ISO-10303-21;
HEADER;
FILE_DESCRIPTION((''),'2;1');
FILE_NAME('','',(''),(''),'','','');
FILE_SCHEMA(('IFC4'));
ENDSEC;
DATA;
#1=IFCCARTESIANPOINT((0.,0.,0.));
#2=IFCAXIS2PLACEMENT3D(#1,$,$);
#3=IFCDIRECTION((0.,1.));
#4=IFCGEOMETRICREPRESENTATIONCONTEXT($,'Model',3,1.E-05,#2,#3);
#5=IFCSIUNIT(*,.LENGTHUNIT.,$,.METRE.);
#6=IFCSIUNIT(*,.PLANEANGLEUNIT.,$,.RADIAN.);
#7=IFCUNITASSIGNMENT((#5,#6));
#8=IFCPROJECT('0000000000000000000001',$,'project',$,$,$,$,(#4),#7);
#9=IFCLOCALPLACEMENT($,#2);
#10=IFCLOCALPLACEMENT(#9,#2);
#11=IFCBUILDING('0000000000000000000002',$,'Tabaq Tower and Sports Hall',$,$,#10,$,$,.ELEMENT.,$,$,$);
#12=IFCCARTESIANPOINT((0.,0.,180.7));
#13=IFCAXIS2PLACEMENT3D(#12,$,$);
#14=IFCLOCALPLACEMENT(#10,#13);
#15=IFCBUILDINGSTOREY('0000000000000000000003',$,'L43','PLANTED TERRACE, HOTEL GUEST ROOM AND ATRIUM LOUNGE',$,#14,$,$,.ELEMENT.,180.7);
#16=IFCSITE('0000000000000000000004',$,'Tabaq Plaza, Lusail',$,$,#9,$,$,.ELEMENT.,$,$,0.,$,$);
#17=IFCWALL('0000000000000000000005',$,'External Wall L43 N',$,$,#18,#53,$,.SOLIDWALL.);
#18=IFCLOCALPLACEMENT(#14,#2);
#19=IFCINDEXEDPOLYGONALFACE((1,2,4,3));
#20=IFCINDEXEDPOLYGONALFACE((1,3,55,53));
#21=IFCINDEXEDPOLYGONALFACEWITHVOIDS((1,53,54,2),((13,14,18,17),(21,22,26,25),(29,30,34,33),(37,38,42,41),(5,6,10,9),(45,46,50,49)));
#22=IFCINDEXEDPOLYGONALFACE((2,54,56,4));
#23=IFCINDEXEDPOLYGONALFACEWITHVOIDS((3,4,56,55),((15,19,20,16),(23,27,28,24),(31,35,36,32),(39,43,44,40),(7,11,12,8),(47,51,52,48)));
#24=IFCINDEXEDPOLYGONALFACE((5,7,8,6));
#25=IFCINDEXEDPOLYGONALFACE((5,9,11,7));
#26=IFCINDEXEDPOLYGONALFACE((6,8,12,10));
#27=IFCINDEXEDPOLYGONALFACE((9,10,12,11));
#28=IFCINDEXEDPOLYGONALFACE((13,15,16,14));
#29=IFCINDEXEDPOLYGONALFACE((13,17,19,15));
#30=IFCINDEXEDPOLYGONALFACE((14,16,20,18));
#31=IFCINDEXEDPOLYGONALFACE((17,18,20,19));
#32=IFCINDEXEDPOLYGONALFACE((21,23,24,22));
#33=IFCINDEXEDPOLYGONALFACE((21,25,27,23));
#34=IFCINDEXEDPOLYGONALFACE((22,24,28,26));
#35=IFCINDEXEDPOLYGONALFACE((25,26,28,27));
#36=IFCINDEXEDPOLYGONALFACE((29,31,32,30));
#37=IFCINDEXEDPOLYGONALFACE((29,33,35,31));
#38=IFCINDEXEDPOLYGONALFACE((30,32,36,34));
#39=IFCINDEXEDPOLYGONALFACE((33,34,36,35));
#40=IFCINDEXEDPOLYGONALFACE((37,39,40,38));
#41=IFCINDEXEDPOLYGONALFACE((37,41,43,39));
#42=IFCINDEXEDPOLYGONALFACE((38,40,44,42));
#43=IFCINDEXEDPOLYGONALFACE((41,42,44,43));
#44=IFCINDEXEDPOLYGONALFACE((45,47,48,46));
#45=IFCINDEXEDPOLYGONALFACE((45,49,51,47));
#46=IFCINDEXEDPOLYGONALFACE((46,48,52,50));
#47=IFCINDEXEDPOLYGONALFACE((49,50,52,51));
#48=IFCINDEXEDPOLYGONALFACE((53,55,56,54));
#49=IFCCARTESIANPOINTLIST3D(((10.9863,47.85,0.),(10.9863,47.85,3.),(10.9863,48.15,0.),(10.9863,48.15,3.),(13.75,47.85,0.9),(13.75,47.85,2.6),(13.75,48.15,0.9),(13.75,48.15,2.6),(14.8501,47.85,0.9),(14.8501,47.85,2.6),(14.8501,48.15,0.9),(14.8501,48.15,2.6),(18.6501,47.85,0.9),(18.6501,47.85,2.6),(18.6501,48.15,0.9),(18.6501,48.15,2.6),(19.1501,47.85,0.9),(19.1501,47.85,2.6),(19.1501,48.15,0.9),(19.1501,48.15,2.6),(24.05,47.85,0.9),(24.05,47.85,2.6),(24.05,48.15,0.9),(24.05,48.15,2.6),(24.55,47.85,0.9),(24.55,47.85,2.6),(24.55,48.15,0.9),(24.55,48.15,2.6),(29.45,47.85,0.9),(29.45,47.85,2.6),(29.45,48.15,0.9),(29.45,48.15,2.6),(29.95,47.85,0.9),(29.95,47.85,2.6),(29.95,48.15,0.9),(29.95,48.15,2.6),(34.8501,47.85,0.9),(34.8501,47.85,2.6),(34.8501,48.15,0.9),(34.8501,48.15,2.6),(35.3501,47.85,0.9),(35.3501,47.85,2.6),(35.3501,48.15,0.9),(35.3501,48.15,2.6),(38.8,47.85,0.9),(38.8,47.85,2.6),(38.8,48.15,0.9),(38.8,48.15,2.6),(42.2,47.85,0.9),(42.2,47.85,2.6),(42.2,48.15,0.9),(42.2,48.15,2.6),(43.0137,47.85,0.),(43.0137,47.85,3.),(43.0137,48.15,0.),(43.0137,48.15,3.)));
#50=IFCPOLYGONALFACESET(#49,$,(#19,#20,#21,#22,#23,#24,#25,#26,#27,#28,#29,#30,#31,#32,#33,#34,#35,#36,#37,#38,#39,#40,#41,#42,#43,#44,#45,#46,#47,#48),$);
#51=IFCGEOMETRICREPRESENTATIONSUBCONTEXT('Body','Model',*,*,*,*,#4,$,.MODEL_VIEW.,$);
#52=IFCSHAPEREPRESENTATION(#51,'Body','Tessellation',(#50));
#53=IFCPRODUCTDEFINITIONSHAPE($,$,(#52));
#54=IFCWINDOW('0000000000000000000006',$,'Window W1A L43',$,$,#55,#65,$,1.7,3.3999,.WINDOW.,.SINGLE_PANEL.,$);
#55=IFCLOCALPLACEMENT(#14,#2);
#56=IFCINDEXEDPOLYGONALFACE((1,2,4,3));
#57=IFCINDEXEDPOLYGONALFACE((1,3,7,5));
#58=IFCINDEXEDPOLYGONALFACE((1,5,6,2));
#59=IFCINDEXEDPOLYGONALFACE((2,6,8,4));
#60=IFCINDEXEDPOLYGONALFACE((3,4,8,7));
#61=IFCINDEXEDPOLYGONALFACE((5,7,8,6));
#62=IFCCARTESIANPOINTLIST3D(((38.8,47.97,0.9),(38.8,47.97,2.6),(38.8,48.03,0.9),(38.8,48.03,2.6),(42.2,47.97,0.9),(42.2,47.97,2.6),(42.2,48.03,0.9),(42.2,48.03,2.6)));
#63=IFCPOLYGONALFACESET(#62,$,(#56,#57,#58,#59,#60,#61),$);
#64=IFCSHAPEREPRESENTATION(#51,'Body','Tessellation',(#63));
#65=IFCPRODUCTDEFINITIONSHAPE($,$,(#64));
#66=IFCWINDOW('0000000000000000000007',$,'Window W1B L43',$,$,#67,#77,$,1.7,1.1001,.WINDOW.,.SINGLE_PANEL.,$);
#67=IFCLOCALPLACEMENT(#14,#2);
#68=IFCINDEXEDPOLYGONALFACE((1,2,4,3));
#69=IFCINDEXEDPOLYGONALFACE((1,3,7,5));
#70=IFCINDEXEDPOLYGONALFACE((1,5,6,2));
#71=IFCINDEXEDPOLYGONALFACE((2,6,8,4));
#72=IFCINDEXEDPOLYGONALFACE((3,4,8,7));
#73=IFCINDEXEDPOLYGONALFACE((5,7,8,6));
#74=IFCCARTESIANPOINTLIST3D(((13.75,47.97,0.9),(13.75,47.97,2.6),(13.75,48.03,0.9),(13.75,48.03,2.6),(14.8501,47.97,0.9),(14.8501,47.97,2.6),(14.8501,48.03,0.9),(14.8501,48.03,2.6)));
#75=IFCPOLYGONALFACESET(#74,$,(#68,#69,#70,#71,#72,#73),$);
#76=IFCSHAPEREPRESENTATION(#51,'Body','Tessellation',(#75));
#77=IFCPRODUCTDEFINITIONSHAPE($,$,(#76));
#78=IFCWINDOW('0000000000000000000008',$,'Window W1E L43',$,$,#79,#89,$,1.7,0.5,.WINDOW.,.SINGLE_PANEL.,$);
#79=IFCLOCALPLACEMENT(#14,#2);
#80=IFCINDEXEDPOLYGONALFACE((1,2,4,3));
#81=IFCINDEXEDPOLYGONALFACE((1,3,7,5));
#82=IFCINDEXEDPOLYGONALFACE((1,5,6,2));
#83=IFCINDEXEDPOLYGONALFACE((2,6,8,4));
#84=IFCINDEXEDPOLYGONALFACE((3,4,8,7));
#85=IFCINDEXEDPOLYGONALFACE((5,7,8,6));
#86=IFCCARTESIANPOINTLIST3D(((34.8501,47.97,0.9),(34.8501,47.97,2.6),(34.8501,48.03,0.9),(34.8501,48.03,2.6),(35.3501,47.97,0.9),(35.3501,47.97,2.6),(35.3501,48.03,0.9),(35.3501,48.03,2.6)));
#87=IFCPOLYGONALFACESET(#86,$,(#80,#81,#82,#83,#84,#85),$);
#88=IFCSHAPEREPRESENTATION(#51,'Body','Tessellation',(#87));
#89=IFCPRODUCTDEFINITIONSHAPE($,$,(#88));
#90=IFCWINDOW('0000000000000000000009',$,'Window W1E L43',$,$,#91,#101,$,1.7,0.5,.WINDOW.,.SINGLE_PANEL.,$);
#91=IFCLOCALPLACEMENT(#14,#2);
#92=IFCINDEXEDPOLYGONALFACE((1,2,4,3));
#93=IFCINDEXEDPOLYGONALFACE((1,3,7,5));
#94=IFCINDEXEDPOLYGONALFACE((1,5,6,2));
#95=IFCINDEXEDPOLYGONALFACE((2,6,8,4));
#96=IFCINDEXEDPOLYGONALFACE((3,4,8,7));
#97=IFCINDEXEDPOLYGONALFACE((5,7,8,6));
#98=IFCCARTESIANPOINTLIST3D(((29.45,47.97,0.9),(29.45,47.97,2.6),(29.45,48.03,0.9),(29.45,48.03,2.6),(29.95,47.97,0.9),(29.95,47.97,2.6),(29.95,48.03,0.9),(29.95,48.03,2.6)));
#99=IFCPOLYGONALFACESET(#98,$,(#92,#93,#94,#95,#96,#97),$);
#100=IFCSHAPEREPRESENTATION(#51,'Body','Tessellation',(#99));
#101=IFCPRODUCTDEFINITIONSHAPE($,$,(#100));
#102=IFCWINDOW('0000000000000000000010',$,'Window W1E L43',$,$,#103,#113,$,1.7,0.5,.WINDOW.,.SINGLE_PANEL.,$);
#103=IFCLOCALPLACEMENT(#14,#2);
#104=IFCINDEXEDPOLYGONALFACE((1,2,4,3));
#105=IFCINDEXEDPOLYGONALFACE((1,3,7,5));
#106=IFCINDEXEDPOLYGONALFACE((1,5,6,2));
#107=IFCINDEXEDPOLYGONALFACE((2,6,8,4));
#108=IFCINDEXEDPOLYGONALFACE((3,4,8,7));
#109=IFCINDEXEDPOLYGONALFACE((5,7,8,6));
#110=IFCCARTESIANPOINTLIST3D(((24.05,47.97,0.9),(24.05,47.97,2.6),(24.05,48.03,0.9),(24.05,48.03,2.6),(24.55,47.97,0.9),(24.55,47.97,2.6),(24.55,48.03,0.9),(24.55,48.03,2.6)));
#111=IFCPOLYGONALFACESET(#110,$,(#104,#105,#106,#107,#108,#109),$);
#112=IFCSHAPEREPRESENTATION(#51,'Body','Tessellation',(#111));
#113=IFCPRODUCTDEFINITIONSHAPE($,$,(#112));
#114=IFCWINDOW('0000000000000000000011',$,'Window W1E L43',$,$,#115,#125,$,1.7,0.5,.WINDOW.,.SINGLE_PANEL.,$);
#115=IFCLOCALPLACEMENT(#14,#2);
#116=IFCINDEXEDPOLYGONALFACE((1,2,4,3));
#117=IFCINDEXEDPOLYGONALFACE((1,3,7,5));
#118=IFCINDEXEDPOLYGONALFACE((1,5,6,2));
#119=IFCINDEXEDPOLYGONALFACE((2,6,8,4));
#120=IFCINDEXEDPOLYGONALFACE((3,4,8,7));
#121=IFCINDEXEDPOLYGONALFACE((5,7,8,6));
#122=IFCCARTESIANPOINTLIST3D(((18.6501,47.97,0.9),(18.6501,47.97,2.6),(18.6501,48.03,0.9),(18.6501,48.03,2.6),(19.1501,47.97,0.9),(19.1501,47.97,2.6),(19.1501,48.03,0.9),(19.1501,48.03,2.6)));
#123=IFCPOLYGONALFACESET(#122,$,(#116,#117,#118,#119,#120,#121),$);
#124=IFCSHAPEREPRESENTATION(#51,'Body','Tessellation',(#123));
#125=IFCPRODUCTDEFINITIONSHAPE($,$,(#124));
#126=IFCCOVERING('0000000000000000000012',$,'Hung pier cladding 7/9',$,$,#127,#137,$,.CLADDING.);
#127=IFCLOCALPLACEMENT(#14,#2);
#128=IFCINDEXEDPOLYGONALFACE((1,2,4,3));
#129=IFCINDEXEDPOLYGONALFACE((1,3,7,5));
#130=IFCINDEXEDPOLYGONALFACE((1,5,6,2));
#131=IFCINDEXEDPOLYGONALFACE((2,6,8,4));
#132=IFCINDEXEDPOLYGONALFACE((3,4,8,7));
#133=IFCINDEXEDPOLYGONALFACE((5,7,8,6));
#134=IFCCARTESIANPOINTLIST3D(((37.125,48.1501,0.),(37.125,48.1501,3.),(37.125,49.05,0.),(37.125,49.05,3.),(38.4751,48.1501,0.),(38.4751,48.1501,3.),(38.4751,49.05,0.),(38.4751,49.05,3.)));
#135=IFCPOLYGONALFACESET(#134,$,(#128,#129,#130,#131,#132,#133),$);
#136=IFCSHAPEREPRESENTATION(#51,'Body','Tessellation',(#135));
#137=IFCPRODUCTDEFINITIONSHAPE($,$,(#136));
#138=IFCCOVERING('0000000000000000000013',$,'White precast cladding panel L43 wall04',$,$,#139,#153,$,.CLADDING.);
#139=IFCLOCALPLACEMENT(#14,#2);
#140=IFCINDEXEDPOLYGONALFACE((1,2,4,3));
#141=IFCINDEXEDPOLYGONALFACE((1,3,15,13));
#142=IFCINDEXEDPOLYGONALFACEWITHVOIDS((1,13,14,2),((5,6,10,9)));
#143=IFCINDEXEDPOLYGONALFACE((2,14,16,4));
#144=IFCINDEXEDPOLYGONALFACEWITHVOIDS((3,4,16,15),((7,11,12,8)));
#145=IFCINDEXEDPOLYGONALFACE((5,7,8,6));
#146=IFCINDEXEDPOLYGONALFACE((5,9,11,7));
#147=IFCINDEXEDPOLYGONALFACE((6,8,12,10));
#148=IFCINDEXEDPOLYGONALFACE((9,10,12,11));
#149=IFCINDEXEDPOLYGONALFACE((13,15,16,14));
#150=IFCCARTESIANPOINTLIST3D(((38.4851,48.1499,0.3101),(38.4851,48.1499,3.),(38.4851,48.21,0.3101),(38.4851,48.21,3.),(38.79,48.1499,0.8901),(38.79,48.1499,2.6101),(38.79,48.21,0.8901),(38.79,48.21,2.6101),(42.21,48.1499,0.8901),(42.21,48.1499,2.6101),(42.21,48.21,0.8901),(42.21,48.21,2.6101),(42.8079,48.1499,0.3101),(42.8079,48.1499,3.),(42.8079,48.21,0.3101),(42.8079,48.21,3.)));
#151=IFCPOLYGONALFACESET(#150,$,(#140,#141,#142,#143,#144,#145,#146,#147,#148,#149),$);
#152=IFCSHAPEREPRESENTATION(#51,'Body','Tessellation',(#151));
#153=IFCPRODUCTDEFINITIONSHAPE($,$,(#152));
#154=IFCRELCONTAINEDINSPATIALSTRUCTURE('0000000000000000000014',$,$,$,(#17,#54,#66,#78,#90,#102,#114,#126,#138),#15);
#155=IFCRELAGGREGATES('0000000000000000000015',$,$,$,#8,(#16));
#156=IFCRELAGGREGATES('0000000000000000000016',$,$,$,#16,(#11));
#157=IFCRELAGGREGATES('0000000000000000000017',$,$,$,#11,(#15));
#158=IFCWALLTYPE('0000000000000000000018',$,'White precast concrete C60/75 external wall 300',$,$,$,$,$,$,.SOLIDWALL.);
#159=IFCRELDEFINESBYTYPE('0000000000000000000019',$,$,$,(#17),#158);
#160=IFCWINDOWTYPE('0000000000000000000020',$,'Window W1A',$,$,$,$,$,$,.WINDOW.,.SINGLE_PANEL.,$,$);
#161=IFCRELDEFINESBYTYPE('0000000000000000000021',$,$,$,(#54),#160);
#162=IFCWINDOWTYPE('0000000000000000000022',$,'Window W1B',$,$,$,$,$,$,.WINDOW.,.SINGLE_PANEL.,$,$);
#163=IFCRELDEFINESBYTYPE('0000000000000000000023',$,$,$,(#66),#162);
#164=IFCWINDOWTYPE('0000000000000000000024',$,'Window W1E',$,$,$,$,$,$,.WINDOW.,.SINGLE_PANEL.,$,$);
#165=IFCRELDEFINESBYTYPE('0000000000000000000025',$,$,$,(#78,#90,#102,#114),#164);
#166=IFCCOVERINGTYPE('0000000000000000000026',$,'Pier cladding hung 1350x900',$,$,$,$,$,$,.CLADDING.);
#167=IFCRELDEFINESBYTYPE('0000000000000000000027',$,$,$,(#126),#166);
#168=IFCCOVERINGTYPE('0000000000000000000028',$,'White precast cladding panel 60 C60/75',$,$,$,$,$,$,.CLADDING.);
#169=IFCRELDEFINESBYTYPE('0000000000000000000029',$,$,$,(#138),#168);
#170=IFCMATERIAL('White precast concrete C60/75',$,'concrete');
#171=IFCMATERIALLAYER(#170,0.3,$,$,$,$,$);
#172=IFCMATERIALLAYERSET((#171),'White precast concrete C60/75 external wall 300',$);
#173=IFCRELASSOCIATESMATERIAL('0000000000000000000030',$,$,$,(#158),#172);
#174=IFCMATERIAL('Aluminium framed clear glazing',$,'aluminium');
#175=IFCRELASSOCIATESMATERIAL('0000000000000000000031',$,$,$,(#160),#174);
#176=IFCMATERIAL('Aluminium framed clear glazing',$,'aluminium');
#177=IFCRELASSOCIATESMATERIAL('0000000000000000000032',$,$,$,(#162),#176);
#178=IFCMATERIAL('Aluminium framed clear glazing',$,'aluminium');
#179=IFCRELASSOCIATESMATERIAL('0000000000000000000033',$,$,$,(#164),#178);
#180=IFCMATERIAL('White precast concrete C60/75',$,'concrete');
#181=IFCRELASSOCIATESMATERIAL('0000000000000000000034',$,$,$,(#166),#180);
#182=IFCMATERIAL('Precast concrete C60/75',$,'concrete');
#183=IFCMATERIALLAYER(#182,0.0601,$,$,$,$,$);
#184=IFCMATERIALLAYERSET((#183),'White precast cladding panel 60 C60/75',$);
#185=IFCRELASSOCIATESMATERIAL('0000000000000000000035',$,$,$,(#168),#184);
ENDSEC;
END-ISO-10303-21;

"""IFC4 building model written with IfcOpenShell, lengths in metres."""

from ifc_helpers import new_model, si_unit, direction, frame, frame_2d, origin, place, context, subcontext, project, spatial, polyline, rectangle, outline, extrude, material, layer, layer_set, type_object, element, fill, save


model = new_model("IFC4")

# Units and contexts
model_context = context("Model", 3, precision=1e-05, world=origin(), true_north=direction((0.0, 1.0)))
body_context = subcontext(model_context, "Body", "Model", "MODEL_VIEW")
ifc_project = project(units=[si_unit("LENGTHUNIT", "METRE"), si_unit("PLANEANGLEUNIT", "RADIAN")], contexts=[model_context])

# Site, building, storey
site_placement = place(None, origin())
site = spatial("IfcSite", under=ifc_project, at=site_placement, Name="Tabaq Plaza, Lusail", CompositionType="ELEMENT", RefElevation=0.0)
building_placement = place(site_placement, origin())
building = spatial("IfcBuilding", under=site, at=building_placement, Name="Tabaq Tower and Sports Hall", CompositionType="ELEMENT")
storey_placement = place(building_placement, frame((0.0, 0.0, 180.7)))
storey = spatial("IfcBuildingStorey", under=building, at=storey_placement, Name="L43", Description="PLANTED TERRACE, HOTEL GUEST ROOM AND ATRIUM LOUNGE", CompositionType="ELEMENT", Elevation=180.7)

# Wall, openings, windows
ifc_material_1 = material(Name="White precast concrete C60/75", Category="concrete")
ifc_layer_1 = layer(ifc_material_1, 0.3)
ifc_layer_set_1 = layer_set([ifc_layer_1], Name="White precast concrete C60/75 external wall 300")
wall_type_1 = type_object("IfcWallType", Name="White precast concrete C60/75 external wall 300", PredefinedType="SOLIDWALL", material=ifc_layer_set_1)
wall_1_placement = place(storey_placement, frame((43.0137, 48.0, 0.0), z_axis=(0.0, 0.0, 1.0), x_axis=(-1.0, 0.0, 0.0)))
wall_1 = element("IfcWall", 1, at=wall_1_placement, inside=storey, type_object=wall_type_1, Name="External Wall L43 N", PredefinedType="SOLIDWALL", context=body_context, shape_type="SweptSolid", body=[
    extrude(rectangle(XDim=32.0273, YDim=0.3, at=frame_2d((16.0137, 0.0))), origin(), (0.0, 0.0, 1.0), 3.0),
])
opening_1_placement = place(wall_1_placement, frame((0.8137, 0.0, 0.8999)))
opening_1 = element("IfcOpeningElement", 2, at=opening_1_placement, cuts=wall_1, PredefinedType="OPENING", context=body_context, shape_type="SweptSolid", body=[
    extrude(rectangle(XDim=3.3999, YDim=1.7, at=frame_2d((1.7, 0.8501))), frame((0.0, 0.1602, 0.0), z_axis=(0.0, -1.0, 0.0), x_axis=(1.0, 0.0, 0.0)), (0.0, 0.0, 1.0), 0.3201),
])
opening_2_placement = place(wall_1_placement, frame((7.6636, 0.0, 0.8999)))
opening_2 = element("IfcOpeningElement", 3, at=opening_2_placement, cuts=wall_1, PredefinedType="OPENING", context=body_context, shape_type="SweptSolid", body=[
    extrude(rectangle(XDim=0.5, YDim=1.7, at=frame_2d((0.25, 0.8501))), frame((0.0, 0.1602, 0.0), z_axis=(0.0, -1.0, 0.0), x_axis=(1.0, 0.0, 0.0)), (0.0, 0.0, 1.0), 0.3201),
])
opening_3_placement = place(wall_1_placement, frame((13.0637, 0.0, 0.8999)))
opening_3 = element("IfcOpeningElement", 4, at=opening_3_placement, cuts=wall_1, PredefinedType="OPENING", context=body_context, shape_type="SweptSolid", body=[
    extrude(rectangle(XDim=0.5, YDim=1.7, at=frame_2d((0.25, 0.8501))), frame((0.0, 0.1602, 0.0), z_axis=(0.0, -1.0, 0.0), x_axis=(1.0, 0.0, 0.0)), (0.0, 0.0, 1.0), 0.3201),
])
opening_4_placement = place(wall_1_placement, frame((18.4636, 0.0, 0.8999)))
opening_4 = element("IfcOpeningElement", 5, at=opening_4_placement, cuts=wall_1, PredefinedType="OPENING", context=body_context, shape_type="SweptSolid", body=[
    extrude(rectangle(XDim=0.5, YDim=1.7, at=frame_2d((0.25, 0.8501))), frame((0.0, 0.1602, 0.0), z_axis=(0.0, -1.0, 0.0), x_axis=(1.0, 0.0, 0.0)), (0.0, 0.0, 1.0), 0.3201),
])
opening_5_placement = place(wall_1_placement, frame((23.8635, 0.0, 0.8999)))
opening_5 = element("IfcOpeningElement", 6, at=opening_5_placement, cuts=wall_1, PredefinedType="OPENING", context=body_context, shape_type="SweptSolid", body=[
    extrude(rectangle(XDim=0.5, YDim=1.7, at=frame_2d((0.25, 0.8501))), frame((0.0, 0.1602, 0.0), z_axis=(0.0, -1.0, 0.0), x_axis=(1.0, 0.0, 0.0)), (0.0, 0.0, 1.0), 0.3201),
])
opening_6_placement = place(wall_1_placement, frame((28.1636, 0.0, 0.8999)))
opening_6 = element("IfcOpeningElement", 7, at=opening_6_placement, cuts=wall_1, PredefinedType="OPENING", context=body_context, shape_type="SweptSolid", body=[
    extrude(rectangle(XDim=1.1001, YDim=1.7, at=frame_2d((0.55, 0.8501))), frame((0.0, 0.1602, 0.0), z_axis=(0.0, -1.0, 0.0), x_axis=(1.0, 0.0, 0.0)), (0.0, 0.0, 1.0), 0.3201),
])
ifc_material_2 = material(Name="Aluminium framed clear glazing", Category="aluminium")
window_type_1 = type_object("IfcWindowType", Name="Window W1A", PartitioningType="SINGLE_PANEL", PredefinedType="WINDOW", material=ifc_material_2)
window_1_placement = place(opening_1_placement, origin())
window_1 = element("IfcWindow", 8, at=window_1_placement, inside=storey, type_object=window_type_1, Name="Window W1A L43", OverallHeight=1.7, OverallWidth=3.3999, PartitioningType="SINGLE_PANEL", PredefinedType="WINDOW", context=body_context, shape_type="SweptSolid", body=[
    extrude(rectangle(XDim=3.3999, YDim=1.7, at=frame_2d((1.7, 0.8501))), frame((0.0, 0.03, 0.0), z_axis=(0.0, -1.0, 0.0), x_axis=(1.0, 0.0, 0.0)), (0.0, 0.0, 1.0), 0.0601),
])
fill(opening_1, window_1)
ifc_material_3 = material(Name="Aluminium framed clear glazing", Category="aluminium")
window_type_2 = type_object("IfcWindowType", Name="Window W1B", PartitioningType="SINGLE_PANEL", PredefinedType="WINDOW", material=ifc_material_3)
window_2_placement = place(opening_6_placement, origin())
window_2 = element("IfcWindow", 9, at=window_2_placement, inside=storey, type_object=window_type_2, Name="Window W1B L43", OverallHeight=1.7, OverallWidth=1.1001, PartitioningType="SINGLE_PANEL", PredefinedType="WINDOW", context=body_context, shape_type="SweptSolid", body=[
    extrude(rectangle(XDim=1.1001, YDim=1.7, at=frame_2d((0.55, 0.8501))), frame((0.0, 0.03, 0.0), z_axis=(0.0, -1.0, 0.0), x_axis=(1.0, 0.0, 0.0)), (0.0, 0.0, 1.0), 0.0601),
])
fill(opening_6, window_2)
ifc_material_4 = material(Name="Aluminium framed clear glazing", Category="aluminium")
window_type_3 = type_object("IfcWindowType", Name="Window W1E", PartitioningType="SINGLE_PANEL", PredefinedType="WINDOW", material=ifc_material_4)
window_3_placement = place(opening_2_placement, origin())
window_3 = element("IfcWindow", 10, at=window_3_placement, inside=storey, type_object=window_type_3, Name="Window W1E L43", OverallHeight=1.7, OverallWidth=0.5, PartitioningType="SINGLE_PANEL", PredefinedType="WINDOW", context=body_context, shape_type="SweptSolid", body=[
    extrude(rectangle(XDim=0.5, YDim=1.7, at=frame_2d((0.25, 0.8501))), frame((0.0, 0.03, 0.0), z_axis=(0.0, -1.0, 0.0), x_axis=(1.0, 0.0, 0.0)), (0.0, 0.0, 1.0), 0.0601),
])
fill(opening_2, window_3)
window_4_placement = place(opening_3_placement, origin())
window_4 = element("IfcWindow", 11, at=window_4_placement, inside=storey, type_object=window_type_3, Name="Window W1E L43", OverallHeight=1.7, OverallWidth=0.5, PartitioningType="SINGLE_PANEL", PredefinedType="WINDOW", context=body_context, shape_type="SweptSolid", body=[
    extrude(rectangle(XDim=0.5, YDim=1.7, at=frame_2d((0.25, 0.8501))), frame((0.0, 0.03, 0.0), z_axis=(0.0, -1.0, 0.0), x_axis=(1.0, 0.0, 0.0)), (0.0, 0.0, 1.0), 0.0601),
])
fill(opening_3, window_4)
window_5_placement = place(opening_4_placement, origin())
window_5 = element("IfcWindow", 12, at=window_5_placement, inside=storey, type_object=window_type_3, Name="Window W1E L43", OverallHeight=1.7, OverallWidth=0.5, PartitioningType="SINGLE_PANEL", PredefinedType="WINDOW", context=body_context, shape_type="SweptSolid", body=[
    extrude(rectangle(XDim=0.5, YDim=1.7, at=frame_2d((0.25, 0.8501))), frame((0.0, 0.03, 0.0), z_axis=(0.0, -1.0, 0.0), x_axis=(1.0, 0.0, 0.0)), (0.0, 0.0, 1.0), 0.0601),
])
fill(opening_4, window_5)
window_6_placement = place(opening_5_placement, origin())
window_6 = element("IfcWindow", 13, at=window_6_placement, inside=storey, type_object=window_type_3, Name="Window W1E L43", OverallHeight=1.7, OverallWidth=0.5, PartitioningType="SINGLE_PANEL", PredefinedType="WINDOW", context=body_context, shape_type="SweptSolid", body=[
    extrude(rectangle(XDim=0.5, YDim=1.7, at=frame_2d((0.25, 0.8501))), frame((0.0, 0.03, 0.0), z_axis=(0.0, -1.0, 0.0), x_axis=(1.0, 0.0, 0.0)), (0.0, 0.0, 1.0), 0.0601),
])
fill(opening_5, window_6)

# Coverings
ifc_material_5 = material(Name="White precast concrete C60/75", Category="concrete")
covering_type_1 = type_object("IfcCoveringType", Name="Pier cladding hung 1350x900", PredefinedType="CLADDING", material=ifc_material_5)
covering_1_placement = place(storey_placement, frame((38.4751, 48.6001, 0.0), z_axis=(0.0, 0.0, 1.0), x_axis=(-1.0, 0.0, 0.0)))
element("IfcCovering", 14, at=covering_1_placement, inside=storey, type_object=covering_type_1, Name="Hung pier cladding 7/9", PredefinedType="CLADDING", context=body_context, shape_type="SweptSolid", body=[
    extrude(rectangle(XDim=1.3501, YDim=0.8999, at=frame_2d((0.675, 0.0))), origin(), (0.0, 0.0, 1.0), 3.0),
])
ifc_material_6 = material(Name="Precast concrete C60/75", Category="concrete")
ifc_layer_2 = layer(ifc_material_6, 0.0601)
ifc_layer_set_2 = layer_set([ifc_layer_2], Name="White precast cladding panel 60 C60/75")
covering_type_2 = type_object("IfcCoveringType", Name="White precast cladding panel 60 C60/75", PredefinedType="CLADDING", material=ifc_layer_set_2)
covering_2_placement = place(storey_placement, frame((42.8079, 48.1799, 0.3101), z_axis=(0.0, 0.0, 1.0), x_axis=(-1.0, 0.0, 0.0)))
element("IfcCovering", 15, at=covering_2_placement, inside=storey, type_object=covering_type_2, Name="White precast cladding panel L43 wall04", PredefinedType="CLADDING", context=body_context, shape_type="SweptSolid", body=[
    extrude(outline(polyline([(0.0, 0.0), (4.3228, 0.0), (4.3228, 2.6899), (0.0, 2.6899), (0.0, 0.0)]), holes=[polyline([(0.5979, 0.5801), (0.5979, 2.3), (4.0178, 2.3), (4.0178, 0.5801), (0.5979, 0.5801)])]), frame((0.0, 0.03, 0.0), z_axis=(0.0, -1.0, 0.0), x_axis=(1.0, 0.0, 0.0)), (0.0, 0.0, 1.0), 0.0601),
])

save(model, "model.ifc")
